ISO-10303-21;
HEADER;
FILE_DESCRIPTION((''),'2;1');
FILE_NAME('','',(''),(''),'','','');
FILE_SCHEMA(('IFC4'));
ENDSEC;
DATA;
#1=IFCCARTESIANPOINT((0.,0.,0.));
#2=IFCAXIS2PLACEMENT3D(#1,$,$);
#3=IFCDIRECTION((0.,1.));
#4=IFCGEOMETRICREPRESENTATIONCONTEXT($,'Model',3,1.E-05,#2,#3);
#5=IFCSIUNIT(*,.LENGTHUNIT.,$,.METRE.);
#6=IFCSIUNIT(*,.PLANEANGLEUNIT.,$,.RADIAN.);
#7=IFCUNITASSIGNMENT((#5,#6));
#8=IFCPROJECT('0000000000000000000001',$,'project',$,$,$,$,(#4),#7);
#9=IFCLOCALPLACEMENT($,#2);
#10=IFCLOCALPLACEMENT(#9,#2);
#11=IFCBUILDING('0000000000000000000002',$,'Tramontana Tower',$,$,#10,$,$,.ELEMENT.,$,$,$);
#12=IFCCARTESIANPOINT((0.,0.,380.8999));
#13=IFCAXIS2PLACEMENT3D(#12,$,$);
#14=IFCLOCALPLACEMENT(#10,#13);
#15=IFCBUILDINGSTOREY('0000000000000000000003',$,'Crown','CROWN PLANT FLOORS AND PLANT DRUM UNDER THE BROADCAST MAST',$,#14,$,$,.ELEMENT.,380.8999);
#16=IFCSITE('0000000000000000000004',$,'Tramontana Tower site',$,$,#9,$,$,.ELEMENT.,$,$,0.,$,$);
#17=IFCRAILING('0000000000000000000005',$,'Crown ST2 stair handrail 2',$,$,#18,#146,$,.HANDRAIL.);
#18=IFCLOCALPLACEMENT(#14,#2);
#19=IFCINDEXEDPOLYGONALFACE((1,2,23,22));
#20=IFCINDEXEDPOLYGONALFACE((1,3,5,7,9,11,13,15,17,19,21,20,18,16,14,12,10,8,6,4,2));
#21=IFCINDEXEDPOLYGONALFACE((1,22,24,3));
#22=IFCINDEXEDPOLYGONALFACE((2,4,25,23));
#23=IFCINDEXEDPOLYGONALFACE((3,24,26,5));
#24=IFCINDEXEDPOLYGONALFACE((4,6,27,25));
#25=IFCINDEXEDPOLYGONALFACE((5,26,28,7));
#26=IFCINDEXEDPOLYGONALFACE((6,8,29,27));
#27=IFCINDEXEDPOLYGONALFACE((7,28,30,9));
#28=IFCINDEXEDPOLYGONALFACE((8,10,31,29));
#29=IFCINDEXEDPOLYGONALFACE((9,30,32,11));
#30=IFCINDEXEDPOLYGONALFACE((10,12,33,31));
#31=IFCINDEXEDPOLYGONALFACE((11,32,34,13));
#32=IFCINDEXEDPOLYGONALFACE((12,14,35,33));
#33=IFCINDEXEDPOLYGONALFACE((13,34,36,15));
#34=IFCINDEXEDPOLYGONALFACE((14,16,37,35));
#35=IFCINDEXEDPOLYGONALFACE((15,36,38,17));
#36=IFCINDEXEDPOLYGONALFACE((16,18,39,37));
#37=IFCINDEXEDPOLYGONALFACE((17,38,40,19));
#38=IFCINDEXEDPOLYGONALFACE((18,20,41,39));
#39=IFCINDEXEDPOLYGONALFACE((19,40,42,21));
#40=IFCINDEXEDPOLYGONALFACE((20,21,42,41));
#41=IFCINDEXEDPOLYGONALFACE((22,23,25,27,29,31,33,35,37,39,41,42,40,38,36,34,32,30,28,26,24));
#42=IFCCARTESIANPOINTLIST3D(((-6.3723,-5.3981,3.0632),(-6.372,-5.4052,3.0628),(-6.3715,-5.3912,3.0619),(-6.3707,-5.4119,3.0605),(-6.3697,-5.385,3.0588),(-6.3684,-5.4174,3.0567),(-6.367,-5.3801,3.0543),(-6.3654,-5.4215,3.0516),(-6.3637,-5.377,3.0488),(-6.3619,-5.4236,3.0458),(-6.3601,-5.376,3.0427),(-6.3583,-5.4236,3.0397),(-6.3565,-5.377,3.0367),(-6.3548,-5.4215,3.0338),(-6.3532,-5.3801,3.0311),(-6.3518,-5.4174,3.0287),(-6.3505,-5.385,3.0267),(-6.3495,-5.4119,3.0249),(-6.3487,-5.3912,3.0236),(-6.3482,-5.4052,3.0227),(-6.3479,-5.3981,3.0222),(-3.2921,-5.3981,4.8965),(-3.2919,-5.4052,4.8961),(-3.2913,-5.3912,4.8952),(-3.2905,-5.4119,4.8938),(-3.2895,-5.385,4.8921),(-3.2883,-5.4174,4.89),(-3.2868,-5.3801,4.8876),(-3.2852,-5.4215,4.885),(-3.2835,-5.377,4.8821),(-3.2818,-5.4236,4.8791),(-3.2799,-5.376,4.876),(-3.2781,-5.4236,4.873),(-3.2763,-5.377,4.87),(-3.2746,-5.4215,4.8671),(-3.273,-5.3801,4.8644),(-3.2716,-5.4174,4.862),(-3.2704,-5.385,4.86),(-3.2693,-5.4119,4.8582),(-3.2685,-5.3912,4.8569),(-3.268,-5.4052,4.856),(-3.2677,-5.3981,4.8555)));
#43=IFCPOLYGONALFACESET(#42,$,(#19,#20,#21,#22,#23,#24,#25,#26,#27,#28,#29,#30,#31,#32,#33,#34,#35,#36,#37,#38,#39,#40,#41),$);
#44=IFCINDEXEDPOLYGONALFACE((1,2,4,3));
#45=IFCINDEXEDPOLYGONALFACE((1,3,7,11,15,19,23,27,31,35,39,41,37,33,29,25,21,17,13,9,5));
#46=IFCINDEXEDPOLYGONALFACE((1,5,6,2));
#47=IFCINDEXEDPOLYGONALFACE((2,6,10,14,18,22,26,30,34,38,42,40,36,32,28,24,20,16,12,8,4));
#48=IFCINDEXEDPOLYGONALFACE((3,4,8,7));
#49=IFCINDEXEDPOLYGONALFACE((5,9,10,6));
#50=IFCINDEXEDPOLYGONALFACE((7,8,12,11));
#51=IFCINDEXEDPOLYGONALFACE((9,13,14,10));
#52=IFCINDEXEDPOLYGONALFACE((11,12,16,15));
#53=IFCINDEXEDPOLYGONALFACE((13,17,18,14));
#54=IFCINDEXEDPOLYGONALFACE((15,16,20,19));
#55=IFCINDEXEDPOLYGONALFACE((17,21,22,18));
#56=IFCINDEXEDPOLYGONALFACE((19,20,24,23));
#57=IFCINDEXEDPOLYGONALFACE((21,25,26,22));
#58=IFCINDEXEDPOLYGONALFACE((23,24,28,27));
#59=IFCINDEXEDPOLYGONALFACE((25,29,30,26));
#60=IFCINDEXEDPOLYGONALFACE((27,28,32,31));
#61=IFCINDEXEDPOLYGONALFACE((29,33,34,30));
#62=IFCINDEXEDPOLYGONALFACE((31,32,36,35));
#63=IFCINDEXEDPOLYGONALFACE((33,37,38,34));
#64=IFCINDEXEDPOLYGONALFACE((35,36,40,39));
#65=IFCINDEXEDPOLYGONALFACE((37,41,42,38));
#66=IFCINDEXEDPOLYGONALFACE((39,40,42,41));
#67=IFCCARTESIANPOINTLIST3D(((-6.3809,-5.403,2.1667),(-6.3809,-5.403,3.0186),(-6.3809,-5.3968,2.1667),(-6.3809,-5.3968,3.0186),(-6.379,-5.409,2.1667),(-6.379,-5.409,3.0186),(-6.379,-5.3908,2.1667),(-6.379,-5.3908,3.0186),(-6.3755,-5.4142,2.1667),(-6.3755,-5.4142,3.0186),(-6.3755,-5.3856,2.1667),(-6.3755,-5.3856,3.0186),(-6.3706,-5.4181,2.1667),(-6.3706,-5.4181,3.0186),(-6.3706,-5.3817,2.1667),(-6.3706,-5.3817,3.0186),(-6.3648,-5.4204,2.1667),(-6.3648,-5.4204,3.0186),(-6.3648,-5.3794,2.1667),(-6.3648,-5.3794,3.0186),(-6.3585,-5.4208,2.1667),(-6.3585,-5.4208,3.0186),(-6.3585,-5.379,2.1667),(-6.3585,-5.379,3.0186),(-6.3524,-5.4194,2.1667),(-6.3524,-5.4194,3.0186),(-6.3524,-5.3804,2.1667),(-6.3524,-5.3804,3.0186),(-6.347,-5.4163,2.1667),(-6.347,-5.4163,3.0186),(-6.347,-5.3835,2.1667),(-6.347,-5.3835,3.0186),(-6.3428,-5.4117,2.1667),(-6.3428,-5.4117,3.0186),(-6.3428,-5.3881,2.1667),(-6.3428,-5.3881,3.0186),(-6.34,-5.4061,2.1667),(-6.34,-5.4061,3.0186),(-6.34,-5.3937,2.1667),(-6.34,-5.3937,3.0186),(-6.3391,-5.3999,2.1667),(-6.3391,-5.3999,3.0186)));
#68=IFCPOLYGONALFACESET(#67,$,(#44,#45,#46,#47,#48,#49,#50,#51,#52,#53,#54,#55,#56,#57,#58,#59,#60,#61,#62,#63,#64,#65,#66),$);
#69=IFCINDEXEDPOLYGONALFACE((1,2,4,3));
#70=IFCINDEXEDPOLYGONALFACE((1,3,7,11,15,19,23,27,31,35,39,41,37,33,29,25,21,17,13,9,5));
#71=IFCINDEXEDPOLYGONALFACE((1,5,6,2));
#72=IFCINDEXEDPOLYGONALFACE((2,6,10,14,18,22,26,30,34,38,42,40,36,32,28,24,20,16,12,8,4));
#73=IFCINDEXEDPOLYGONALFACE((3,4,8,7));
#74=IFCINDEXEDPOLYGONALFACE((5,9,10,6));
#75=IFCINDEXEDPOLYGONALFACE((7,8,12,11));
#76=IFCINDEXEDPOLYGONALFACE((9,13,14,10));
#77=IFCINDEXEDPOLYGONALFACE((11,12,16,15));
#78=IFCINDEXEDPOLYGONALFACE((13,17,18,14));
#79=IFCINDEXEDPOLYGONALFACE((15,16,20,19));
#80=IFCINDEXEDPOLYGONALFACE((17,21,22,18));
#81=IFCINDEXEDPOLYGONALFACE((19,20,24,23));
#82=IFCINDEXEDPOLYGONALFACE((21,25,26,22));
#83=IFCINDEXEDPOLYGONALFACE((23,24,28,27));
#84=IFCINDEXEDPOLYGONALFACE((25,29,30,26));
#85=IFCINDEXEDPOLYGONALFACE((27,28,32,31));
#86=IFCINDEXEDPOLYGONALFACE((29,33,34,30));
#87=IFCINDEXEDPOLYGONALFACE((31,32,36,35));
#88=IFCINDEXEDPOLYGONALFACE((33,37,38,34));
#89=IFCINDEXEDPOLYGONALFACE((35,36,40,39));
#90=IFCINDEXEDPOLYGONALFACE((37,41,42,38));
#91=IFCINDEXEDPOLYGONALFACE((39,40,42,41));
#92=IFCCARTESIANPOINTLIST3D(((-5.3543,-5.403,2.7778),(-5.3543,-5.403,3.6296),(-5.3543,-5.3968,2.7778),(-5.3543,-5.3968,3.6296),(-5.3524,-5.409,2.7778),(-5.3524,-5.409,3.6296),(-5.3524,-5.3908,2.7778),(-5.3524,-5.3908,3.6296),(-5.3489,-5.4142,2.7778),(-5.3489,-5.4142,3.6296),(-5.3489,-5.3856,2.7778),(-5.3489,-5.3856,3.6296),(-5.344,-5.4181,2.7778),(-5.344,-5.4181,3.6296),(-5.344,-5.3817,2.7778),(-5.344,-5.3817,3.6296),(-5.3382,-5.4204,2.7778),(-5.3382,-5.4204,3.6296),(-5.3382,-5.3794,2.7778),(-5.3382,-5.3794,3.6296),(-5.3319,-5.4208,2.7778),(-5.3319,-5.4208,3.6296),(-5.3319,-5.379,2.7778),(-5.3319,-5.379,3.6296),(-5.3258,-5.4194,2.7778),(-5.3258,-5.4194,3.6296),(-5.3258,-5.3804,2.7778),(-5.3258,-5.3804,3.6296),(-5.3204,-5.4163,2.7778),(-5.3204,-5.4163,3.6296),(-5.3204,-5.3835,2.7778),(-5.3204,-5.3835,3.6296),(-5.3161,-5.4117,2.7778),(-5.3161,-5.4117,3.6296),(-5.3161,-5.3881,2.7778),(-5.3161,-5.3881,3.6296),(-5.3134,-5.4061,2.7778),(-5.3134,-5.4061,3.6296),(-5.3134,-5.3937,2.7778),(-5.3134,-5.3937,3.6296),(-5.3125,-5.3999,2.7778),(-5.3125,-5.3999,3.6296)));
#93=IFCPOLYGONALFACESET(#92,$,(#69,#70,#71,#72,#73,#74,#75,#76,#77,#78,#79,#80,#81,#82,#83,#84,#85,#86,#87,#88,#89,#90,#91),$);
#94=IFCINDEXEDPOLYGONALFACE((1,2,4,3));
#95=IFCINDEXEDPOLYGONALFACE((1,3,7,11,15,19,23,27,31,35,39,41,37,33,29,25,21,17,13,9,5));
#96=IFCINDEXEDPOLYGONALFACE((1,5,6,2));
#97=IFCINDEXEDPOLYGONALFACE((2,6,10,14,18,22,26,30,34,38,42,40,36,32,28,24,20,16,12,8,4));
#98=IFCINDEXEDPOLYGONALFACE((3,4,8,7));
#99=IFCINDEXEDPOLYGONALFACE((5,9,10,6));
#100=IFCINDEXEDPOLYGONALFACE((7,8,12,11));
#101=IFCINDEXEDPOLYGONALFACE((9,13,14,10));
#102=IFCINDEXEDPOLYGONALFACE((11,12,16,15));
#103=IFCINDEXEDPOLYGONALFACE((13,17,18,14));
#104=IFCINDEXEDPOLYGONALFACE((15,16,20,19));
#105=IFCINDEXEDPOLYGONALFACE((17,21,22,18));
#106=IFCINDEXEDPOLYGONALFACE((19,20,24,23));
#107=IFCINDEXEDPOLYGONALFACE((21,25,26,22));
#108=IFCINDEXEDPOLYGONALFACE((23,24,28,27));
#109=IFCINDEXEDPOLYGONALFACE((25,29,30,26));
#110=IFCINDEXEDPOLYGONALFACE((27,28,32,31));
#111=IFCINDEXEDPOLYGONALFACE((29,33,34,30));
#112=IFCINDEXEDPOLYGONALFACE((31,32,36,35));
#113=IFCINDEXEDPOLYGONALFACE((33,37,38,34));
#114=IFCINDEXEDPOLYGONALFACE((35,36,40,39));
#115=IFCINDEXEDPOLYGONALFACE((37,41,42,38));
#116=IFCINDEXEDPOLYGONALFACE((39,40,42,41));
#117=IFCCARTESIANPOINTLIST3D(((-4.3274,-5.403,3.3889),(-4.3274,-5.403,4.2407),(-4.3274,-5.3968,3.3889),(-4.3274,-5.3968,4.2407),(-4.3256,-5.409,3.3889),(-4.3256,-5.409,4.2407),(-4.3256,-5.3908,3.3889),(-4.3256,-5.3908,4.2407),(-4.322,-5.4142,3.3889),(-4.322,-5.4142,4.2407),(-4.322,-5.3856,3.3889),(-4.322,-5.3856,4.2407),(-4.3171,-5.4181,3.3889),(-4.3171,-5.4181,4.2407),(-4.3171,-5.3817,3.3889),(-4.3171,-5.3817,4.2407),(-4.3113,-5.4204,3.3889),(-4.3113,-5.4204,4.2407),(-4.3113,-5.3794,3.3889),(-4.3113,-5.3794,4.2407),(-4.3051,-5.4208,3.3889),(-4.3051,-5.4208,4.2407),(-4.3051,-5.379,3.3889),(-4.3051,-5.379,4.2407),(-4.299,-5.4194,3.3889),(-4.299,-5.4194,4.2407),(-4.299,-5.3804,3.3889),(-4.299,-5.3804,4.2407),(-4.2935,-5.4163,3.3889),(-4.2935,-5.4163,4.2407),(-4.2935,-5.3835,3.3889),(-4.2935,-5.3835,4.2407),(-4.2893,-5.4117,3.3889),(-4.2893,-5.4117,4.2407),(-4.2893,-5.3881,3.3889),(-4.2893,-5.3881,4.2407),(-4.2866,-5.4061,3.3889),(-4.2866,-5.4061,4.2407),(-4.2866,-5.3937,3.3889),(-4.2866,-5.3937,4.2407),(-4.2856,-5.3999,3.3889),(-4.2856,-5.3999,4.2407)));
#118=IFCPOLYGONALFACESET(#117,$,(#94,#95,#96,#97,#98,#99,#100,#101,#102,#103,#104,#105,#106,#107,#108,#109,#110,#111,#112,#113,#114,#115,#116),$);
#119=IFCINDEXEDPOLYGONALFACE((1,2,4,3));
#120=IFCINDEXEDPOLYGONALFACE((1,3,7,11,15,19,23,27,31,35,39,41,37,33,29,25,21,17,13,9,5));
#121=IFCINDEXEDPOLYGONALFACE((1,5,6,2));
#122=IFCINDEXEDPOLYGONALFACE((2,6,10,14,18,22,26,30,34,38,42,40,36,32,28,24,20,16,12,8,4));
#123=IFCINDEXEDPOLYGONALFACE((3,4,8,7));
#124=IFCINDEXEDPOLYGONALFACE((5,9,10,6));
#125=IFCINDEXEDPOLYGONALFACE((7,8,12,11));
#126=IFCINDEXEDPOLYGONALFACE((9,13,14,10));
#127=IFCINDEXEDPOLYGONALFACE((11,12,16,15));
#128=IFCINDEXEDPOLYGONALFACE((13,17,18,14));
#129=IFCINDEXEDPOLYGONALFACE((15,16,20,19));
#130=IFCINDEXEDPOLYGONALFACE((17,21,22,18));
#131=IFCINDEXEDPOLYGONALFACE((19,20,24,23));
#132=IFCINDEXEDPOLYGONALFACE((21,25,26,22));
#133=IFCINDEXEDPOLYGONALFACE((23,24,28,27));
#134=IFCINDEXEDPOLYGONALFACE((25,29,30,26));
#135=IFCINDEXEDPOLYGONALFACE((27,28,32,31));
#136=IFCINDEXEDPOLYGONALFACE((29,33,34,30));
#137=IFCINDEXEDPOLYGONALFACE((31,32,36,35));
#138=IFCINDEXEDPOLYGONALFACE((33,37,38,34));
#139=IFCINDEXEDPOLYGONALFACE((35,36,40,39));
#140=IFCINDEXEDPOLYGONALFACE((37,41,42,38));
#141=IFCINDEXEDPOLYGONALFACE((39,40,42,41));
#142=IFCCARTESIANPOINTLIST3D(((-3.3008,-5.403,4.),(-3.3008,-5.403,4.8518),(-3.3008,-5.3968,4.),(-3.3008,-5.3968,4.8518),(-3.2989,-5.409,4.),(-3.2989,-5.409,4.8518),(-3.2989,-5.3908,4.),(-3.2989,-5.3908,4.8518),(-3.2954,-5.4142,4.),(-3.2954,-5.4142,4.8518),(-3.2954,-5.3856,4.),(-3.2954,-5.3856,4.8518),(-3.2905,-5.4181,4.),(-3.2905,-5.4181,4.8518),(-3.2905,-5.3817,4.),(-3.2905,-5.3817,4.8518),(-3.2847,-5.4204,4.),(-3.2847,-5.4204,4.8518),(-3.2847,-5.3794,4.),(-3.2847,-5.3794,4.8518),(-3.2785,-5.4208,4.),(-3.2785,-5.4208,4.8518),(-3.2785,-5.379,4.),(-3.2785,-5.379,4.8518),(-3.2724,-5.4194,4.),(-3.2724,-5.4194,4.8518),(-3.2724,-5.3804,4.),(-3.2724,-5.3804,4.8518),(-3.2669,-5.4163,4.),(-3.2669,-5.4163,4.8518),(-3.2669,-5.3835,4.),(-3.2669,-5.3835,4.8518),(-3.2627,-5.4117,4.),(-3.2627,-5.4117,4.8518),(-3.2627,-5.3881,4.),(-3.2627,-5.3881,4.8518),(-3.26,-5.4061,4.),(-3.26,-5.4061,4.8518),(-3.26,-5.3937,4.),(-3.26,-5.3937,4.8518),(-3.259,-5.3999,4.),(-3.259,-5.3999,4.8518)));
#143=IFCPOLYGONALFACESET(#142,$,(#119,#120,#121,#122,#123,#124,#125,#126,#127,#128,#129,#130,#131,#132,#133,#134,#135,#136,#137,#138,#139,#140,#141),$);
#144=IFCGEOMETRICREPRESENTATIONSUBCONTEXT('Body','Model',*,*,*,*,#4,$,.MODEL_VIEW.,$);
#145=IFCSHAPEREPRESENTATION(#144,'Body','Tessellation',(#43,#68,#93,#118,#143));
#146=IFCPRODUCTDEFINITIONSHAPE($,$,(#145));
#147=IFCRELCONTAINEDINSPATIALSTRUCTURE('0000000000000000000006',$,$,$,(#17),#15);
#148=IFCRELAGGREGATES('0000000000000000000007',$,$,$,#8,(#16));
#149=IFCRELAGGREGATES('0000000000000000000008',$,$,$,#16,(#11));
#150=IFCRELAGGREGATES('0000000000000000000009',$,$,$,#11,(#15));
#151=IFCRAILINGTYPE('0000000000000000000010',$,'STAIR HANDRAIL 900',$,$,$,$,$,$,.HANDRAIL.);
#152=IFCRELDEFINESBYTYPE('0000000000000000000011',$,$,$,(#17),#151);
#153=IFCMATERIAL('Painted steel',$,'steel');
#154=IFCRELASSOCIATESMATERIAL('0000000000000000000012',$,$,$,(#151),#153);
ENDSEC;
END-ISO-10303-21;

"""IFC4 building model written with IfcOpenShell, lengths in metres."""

from ifc_helpers import new_model, si_unit, direction, frame, origin, origin_2d, place, context, subcontext, project, spatial, circle, extrude, material, type_object, element, save


model = new_model("IFC4")

# Units and contexts
model_context = context("Model", 3, precision=1e-05, world=origin(), true_north=direction((0.0, 1.0)))
body_context = subcontext(model_context, "Body", "Model", "MODEL_VIEW")
ifc_project = project(units=[si_unit("LENGTHUNIT", "METRE"), si_unit("PLANEANGLEUNIT", "RADIAN")], contexts=[model_context])

# Site, building, storey
site_placement = place(None, origin())
site = spatial("IfcSite", under=ifc_project, at=site_placement, Name="Tramontana Tower site", CompositionType="ELEMENT", RefElevation=0.0)
building_placement = place(site_placement, origin())
building = spatial("IfcBuilding", under=site, at=building_placement, Name="Tramontana Tower", CompositionType="ELEMENT")
storey_placement = place(building_placement, frame((0.0, 0.0, 380.8999)))
storey = spatial("IfcBuildingStorey", under=building, at=storey_placement, Name="Crown", Description="CROWN PLANT FLOORS AND PLANT DRUM UNDER THE BROADCAST MAST", CompositionType="ELEMENT", Elevation=380.8999)

# Railing
ifc_material_1 = material(Name="Painted steel", Category="steel")
railing_type = type_object("IfcRailingType", Name="STAIR HANDRAIL 900", PredefinedType="HANDRAIL", material=ifc_material_1)
for number, where, name in (
    (1, (-6.3601, -5.3999, 2.1667), "Crown ST2 stair handrail 2"),
):
    element("IfcRailing", number, at=place(storey_placement, frame(where)), inside=storey, type_object=railing_type, Name=name, PredefinedType="HANDRAIL", context=body_context, shape_type="SweptSolid", body=[
        extrude(circle(Radius=0.0239, at=origin_2d()), frame((0.0, 0.0, 0.876), z_axis=(0.859309, 0.0, 0.511458), x_axis=(0.0, 1.0, 0.0)), (0.0, 0.0, 1.0), 3.5845),
        extrude(circle(Radius=0.021, at=origin_2d()), origin(), (0.0, 0.0, 1.0), 0.8518),
        extrude(circle(Radius=0.021, at=origin_2d()), frame((1.0266, 0.0, 0.6111)), (0.0, 0.0, 1.0), 0.8518),
        extrude(circle(Radius=0.021, at=origin_2d()), frame((2.0535, 0.0, 1.2222)), (0.0, 0.0, 1.0), 0.8518),
        extrude(circle(Radius=0.021, at=origin_2d()), frame((3.0801, 0.0, 1.8333)), (0.0, 0.0, 1.0), 0.8518),
    ])

save(model, "model.ifc")
